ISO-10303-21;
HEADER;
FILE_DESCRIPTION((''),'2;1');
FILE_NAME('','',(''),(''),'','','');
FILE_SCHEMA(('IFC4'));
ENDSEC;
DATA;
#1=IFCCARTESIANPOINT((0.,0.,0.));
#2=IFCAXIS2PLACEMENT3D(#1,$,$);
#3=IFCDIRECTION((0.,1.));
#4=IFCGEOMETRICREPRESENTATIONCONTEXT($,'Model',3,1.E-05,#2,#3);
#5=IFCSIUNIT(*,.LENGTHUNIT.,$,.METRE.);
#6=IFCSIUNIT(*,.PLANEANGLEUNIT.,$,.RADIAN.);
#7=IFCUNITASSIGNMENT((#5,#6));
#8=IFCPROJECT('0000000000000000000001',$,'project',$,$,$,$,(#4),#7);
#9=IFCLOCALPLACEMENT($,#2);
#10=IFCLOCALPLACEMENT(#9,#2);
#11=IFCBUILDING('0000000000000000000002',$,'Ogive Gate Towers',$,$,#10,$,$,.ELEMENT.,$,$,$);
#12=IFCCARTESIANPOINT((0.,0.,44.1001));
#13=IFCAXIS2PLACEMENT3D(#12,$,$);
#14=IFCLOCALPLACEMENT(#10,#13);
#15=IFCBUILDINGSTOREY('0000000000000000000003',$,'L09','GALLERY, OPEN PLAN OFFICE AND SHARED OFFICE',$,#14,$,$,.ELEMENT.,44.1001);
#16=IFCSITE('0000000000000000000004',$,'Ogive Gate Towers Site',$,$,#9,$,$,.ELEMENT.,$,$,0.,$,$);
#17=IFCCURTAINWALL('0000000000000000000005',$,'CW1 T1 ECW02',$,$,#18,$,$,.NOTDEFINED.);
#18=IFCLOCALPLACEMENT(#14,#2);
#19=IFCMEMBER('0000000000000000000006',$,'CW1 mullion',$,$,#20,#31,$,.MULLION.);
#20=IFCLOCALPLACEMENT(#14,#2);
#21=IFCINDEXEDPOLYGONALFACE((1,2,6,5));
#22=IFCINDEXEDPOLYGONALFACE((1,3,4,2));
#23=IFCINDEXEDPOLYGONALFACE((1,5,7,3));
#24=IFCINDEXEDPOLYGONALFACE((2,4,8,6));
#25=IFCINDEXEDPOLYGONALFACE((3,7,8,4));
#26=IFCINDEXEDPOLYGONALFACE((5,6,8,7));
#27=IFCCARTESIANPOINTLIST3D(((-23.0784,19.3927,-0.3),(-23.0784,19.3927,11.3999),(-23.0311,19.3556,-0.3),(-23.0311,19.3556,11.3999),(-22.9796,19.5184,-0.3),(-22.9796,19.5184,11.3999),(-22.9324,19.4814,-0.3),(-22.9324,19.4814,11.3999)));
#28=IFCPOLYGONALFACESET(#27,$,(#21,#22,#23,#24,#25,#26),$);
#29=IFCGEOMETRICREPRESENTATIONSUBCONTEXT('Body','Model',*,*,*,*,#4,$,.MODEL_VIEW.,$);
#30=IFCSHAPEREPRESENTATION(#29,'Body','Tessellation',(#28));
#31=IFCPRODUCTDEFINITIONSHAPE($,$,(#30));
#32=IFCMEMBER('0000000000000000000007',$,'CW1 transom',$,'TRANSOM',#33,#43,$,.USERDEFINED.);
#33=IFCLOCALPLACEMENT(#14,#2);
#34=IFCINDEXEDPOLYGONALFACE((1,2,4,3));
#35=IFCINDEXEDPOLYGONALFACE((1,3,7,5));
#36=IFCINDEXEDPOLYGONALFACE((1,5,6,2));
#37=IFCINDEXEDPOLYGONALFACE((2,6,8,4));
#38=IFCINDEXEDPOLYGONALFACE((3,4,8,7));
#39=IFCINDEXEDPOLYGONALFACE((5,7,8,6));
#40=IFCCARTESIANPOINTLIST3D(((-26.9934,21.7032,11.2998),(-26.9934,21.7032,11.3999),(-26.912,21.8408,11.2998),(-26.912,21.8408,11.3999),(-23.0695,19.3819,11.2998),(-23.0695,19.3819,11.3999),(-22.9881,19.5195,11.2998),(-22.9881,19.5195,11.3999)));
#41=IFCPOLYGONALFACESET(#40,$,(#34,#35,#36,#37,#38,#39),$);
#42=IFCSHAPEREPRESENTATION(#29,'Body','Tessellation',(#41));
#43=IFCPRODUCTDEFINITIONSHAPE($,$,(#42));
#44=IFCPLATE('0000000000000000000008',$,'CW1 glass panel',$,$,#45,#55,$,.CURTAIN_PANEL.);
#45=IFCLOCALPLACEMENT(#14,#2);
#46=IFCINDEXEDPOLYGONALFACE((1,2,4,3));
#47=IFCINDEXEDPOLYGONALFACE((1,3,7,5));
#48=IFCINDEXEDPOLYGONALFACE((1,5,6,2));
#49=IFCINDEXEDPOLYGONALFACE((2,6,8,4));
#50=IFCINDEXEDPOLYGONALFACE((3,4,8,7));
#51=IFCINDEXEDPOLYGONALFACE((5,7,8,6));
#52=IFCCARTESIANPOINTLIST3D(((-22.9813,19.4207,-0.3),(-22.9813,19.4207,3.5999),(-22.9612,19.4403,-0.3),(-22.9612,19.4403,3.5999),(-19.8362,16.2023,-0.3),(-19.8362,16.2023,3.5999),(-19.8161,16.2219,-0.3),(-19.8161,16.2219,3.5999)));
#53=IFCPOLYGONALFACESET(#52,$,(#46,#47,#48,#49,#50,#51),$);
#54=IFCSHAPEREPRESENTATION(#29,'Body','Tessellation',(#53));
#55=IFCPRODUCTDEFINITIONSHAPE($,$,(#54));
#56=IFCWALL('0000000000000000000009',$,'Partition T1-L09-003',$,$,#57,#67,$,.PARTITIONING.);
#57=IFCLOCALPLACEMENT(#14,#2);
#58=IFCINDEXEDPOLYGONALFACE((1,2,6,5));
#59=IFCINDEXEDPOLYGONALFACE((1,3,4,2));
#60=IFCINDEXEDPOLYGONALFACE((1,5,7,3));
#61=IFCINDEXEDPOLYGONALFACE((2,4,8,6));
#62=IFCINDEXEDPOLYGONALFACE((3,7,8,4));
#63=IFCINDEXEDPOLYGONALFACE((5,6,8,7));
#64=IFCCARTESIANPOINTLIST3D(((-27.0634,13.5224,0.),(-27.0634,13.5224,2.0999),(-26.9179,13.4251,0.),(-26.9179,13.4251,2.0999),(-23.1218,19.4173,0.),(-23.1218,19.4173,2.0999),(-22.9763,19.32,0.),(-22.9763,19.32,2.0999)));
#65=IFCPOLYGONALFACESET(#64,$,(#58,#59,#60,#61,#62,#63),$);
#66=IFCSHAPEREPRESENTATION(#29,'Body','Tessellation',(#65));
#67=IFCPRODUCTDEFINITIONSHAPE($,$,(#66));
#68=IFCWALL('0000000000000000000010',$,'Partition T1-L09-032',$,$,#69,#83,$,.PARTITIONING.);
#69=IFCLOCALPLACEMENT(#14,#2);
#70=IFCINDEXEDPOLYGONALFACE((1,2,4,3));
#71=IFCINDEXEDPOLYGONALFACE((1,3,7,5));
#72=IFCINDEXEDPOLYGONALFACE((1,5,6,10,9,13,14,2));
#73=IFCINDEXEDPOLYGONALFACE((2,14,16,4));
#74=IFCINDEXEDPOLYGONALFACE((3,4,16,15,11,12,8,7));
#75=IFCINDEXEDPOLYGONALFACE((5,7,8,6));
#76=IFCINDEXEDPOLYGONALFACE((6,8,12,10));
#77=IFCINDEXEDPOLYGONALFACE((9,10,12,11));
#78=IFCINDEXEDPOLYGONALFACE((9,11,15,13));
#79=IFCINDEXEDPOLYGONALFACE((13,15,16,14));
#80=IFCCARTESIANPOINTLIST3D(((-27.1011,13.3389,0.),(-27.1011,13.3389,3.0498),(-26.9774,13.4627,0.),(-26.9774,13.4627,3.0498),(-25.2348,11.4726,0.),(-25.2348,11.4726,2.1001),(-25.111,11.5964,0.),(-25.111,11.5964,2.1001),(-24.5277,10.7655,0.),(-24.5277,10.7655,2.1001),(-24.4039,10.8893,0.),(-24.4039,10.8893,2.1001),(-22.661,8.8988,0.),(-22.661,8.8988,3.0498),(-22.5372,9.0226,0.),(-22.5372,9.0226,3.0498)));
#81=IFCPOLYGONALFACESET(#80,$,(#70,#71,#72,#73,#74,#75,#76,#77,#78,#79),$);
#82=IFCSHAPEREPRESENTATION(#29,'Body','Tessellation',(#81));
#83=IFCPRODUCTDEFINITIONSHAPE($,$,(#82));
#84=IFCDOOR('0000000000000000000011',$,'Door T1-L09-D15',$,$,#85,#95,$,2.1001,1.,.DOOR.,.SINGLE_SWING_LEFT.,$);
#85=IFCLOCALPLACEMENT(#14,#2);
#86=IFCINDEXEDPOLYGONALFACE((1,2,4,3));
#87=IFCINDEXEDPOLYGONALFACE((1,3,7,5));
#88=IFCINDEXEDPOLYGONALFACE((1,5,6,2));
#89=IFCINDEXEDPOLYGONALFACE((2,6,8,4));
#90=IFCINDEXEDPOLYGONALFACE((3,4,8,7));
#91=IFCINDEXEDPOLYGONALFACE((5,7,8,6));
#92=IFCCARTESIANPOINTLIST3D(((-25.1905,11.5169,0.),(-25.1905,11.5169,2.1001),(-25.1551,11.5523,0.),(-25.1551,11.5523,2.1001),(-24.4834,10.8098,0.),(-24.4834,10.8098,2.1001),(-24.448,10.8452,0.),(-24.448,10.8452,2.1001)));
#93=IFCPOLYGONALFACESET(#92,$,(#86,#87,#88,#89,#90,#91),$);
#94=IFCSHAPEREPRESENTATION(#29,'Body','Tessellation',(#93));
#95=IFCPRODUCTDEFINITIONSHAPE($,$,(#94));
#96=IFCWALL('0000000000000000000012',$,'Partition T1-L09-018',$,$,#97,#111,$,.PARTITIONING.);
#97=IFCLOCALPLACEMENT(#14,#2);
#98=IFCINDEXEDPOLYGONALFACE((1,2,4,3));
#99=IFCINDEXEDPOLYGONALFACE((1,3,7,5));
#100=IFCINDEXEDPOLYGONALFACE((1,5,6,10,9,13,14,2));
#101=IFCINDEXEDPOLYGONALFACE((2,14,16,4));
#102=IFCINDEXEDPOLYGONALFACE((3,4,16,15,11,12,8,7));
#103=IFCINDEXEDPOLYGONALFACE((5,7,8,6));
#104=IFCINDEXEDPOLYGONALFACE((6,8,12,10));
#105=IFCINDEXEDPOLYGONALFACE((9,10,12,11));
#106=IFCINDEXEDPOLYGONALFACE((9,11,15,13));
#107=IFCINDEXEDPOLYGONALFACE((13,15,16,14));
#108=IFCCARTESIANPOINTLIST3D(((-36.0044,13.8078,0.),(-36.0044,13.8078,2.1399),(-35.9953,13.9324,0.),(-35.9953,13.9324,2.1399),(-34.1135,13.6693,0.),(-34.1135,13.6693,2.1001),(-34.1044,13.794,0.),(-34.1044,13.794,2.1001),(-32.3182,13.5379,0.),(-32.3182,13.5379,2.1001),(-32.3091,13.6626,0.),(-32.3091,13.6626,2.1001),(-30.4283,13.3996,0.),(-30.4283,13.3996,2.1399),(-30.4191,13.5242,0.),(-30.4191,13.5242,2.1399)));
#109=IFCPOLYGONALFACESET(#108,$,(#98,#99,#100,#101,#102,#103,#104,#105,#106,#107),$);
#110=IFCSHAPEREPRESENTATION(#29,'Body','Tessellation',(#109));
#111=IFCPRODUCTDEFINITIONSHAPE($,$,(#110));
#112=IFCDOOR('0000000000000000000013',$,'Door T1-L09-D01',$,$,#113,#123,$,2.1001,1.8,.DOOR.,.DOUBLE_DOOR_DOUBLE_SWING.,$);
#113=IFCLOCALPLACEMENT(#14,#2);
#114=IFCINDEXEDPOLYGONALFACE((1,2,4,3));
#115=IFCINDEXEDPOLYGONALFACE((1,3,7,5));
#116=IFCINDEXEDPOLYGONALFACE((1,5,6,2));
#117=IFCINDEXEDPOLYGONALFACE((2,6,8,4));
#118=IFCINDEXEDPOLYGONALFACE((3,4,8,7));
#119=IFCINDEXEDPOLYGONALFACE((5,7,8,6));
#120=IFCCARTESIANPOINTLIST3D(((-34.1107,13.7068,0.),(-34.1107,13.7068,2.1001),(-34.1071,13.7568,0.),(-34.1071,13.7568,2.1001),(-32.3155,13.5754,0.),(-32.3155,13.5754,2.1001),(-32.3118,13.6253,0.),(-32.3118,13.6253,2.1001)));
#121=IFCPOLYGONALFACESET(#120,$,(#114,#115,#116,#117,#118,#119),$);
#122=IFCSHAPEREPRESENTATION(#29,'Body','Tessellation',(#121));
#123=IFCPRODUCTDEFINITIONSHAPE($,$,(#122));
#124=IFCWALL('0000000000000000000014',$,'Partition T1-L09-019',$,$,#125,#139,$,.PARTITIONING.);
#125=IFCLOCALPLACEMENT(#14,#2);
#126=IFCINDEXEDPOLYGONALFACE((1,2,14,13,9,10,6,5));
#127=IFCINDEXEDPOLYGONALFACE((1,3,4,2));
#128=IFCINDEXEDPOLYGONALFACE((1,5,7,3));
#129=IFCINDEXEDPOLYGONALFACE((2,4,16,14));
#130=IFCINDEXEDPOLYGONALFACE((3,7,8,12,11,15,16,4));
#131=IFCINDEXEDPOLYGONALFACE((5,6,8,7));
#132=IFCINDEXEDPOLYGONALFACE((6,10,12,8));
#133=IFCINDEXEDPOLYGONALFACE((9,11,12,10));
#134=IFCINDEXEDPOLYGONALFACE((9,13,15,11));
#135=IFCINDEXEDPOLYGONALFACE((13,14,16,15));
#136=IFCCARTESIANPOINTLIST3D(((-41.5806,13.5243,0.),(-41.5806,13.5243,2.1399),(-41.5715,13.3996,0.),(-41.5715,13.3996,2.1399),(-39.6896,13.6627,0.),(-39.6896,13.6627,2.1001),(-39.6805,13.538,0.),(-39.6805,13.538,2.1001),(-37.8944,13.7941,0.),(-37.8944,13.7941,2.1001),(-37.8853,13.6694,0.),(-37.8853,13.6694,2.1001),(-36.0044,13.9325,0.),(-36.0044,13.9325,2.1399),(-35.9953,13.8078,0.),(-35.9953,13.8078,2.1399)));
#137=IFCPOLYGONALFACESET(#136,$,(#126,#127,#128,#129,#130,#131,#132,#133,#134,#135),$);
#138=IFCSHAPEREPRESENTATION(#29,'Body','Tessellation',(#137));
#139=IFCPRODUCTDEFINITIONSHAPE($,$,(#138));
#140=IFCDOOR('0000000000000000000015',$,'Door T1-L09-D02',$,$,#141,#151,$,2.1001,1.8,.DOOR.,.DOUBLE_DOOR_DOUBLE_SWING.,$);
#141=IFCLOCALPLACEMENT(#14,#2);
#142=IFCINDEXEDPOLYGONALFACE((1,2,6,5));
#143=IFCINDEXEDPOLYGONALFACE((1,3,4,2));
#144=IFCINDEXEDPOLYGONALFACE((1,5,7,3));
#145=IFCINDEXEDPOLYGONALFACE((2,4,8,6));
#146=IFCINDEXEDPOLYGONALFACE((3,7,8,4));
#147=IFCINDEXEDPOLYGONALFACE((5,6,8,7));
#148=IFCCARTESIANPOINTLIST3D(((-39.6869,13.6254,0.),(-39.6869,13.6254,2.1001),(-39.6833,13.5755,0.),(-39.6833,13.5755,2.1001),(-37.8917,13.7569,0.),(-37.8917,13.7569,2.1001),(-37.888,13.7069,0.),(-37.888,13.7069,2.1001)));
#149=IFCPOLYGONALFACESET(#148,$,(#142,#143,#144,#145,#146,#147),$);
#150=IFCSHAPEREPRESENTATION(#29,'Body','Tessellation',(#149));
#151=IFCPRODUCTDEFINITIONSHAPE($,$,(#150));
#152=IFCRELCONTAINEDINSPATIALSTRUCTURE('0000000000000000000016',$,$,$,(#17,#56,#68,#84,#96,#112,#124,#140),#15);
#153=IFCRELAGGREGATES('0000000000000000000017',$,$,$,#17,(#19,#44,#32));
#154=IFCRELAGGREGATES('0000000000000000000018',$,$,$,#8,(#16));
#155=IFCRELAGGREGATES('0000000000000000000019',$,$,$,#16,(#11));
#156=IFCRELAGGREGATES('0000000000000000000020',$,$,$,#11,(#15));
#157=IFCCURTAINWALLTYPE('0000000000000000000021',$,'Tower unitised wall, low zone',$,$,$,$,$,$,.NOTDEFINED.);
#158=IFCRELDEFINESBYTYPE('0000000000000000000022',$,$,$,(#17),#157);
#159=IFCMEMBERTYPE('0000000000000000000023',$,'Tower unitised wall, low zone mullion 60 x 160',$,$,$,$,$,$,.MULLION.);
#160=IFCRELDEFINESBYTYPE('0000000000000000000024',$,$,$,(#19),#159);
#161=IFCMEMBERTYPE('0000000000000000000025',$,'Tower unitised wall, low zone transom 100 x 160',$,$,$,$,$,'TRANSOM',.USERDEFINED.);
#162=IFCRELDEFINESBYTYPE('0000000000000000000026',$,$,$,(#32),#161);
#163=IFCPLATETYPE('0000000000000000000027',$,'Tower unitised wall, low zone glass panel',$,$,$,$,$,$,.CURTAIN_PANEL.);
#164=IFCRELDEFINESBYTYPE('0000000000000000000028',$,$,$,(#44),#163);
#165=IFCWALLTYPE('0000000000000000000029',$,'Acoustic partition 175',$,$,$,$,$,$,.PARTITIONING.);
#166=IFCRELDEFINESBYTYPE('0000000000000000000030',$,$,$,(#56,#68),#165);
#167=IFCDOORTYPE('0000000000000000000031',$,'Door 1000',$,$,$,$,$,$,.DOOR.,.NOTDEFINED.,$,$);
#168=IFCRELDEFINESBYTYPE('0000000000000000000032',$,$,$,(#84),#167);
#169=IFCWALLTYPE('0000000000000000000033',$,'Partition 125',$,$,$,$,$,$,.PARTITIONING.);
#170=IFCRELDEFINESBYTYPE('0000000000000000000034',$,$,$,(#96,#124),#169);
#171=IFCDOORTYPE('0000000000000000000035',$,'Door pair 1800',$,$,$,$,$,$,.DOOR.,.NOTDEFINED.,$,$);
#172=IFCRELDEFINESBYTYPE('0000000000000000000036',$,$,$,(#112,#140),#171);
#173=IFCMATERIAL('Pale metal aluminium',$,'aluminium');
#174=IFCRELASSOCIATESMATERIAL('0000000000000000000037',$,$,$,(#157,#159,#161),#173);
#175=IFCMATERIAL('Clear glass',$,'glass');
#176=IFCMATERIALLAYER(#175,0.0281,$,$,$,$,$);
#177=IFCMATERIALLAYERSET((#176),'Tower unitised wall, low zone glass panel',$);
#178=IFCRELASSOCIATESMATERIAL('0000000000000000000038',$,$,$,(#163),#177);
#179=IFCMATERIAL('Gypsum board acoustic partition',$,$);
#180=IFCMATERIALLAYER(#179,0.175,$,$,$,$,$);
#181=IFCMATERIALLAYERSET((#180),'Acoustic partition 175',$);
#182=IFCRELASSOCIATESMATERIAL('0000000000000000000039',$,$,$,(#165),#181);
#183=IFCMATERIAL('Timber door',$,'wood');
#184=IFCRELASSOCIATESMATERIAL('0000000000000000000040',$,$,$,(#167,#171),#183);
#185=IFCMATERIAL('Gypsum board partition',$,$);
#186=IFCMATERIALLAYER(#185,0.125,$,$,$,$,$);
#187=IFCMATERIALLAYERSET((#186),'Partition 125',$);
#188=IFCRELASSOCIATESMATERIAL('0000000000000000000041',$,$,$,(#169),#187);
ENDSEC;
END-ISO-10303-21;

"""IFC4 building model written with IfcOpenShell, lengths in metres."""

from ifc_helpers import new_model, si_unit, direction, frame, frame_2d, origin, origin_2d, place, context, subcontext, project, spatial, rectangle, extrude, material, layer, layer_set, material_profile, profile_set, type_object, element, fill, aggregate, save


model = new_model("IFC4")

# Units and contexts
model_context = context("Model", 3, precision=1e-05, world=origin(), true_north=direction((0.0, 1.0)))
body_context = subcontext(model_context, "Body", "Model", "MODEL_VIEW")
ifc_project = project(units=[si_unit("LENGTHUNIT", "METRE"), si_unit("PLANEANGLEUNIT", "RADIAN")], contexts=[model_context])

# Site, building, storey
site_placement = place(None, origin())
site = spatial("IfcSite", under=ifc_project, at=site_placement, Name="Ogive Gate Towers Site", CompositionType="ELEMENT", RefElevation=0.0)
building_placement = place(site_placement, origin())
building = spatial("IfcBuilding", under=site, at=building_placement, Name="Ogive Gate Towers", CompositionType="ELEMENT")
storey_placement = place(building_placement, frame((0.0, 0.0, 44.1001)))
storey = spatial("IfcBuildingStorey", under=building, at=storey_placement, Name="L09", Description="GALLERY, OPEN PLAN OFFICE AND SHARED OFFICE", CompositionType="ELEMENT", Elevation=44.1001)

# Curtain wall, members, plate
ifc_material_1 = material(Name="Pale metal aluminium", Category="aluminium")
curtain_wall_type = type_object("IfcCurtainWallType", Name="Tower unitised wall, low zone", PredefinedType="NOTDEFINED", material=ifc_material_1)
curtain_wall_placement = place(storey_placement, origin())
curtain_wall = element("IfcCurtainWall", 1, at=curtain_wall_placement, inside=storey, type_object=curtain_wall_type, Name="CW1 T1 ECW02", PredefinedType="NOTDEFINED")
ifc_material_profile_1 = material_profile(ifc_material_1, rectangle(XDim=0.1599, YDim=0.0601, at=origin_2d()), Name="60 x 160 aluminium box")
ifc_profile_set_1 = profile_set([ifc_material_profile_1], Name="Pale metal aluminium")
member_type_1 = type_object("IfcMemberType", Name="Tower unitised wall, low zone mullion 60 x 160", PredefinedType="MULLION", material=ifc_profile_set_1)
member_1_placement = place(storey_placement, frame((-23.0054, 19.437, -0.3), z_axis=(0.0, 0.0, 1.0), x_axis=(0.617516, 0.786558, 0.0)))
member_1 = element("IfcMember", 2, at=member_1_placement, type_object=member_type_1, Name="CW1 mullion", PredefinedType="MULLION", context=body_context, shape_type="SweptSolid", body=[
    extrude(rectangle(XDim=0.1599, YDim=0.0601, at=origin_2d()), origin(), (0.0, 0.0, 1.0), 11.7),
])
ifc_material_profile_2 = material_profile(ifc_material_1, rectangle(XDim=0.1599, YDim=0.1001, at=origin_2d()), Name="100 x 160 aluminium box")
ifc_profile_set_2 = profile_set([ifc_material_profile_2], Name="Pale metal aluminium")
member_type_2 = type_object("IfcMemberType", Name="Tower unitised wall, low zone transom 100 x 160", ElementType="TRANSOM", PredefinedType="USERDEFINED", material=ifc_profile_set_2)
member_2_placement = place(storey_placement, frame((-23.0288, 19.4507, 11.3499), z_axis=(-0.860671, 0.509162, 0.0), x_axis=(-0.509162, -0.860671, 0.0)))
member_2 = element("IfcMember", 3, at=member_2_placement, type_object=member_type_2, Name="CW1 transom", ObjectType="TRANSOM", PredefinedType="USERDEFINED", context=body_context, shape_type="SweptSolid", body=[
    extrude(rectangle(XDim=0.1599, YDim=0.1001, at=origin_2d()), origin(), (0.0, 0.0, 1.0), 4.5591),
])
ifc_material_2 = material(Name="Clear glass", Category="glass")
ifc_layer_1 = layer(ifc_material_2, 0.0281)
ifc_layer_set_1 = layer_set([ifc_layer_1], Name="Tower unitised wall, low zone glass panel")
plate_type = type_object("IfcPlateType", Name="Tower unitised wall, low zone glass panel", PredefinedType="CURTAIN_PANEL", material=ifc_layer_set_1)
plate_placement = place(storey_placement, frame((-21.3987, 17.8213, -0.3), z_axis=(0.0, 0.0, 1.0), x_axis=(-0.698915, 0.715205, 0.0)))
plate = element("IfcPlate", 4, at=plate_placement, type_object=plate_type, Name="CW1 glass panel", PredefinedType="CURTAIN_PANEL", context=body_context, shape_type="SweptSolid", body=[
    extrude(rectangle(XDim=4.5, YDim=0.0281, at=origin_2d()), origin(), (0.0, 0.0, 1.0), 3.8999),
])
aggregate(curtain_wall, [member_1, plate, member_2])

# Wall
ifc_material_3 = material(Name="Gypsum board acoustic partition")
ifc_layer_2 = layer(ifc_material_3, 0.175)
ifc_layer_set_2 = layer_set([ifc_layer_2], Name="Acoustic partition 175")
wall_type_1 = type_object("IfcWallType", Name="Acoustic partition 175", PredefinedType="PARTITIONING", material=ifc_layer_set_2)
wall_1_placement = place(storey_placement, frame((-23.0491, 19.3687, 0.0), z_axis=(0.0, 0.0, 1.0), x_axis=(-0.555836, -0.831292, 0.0)))
element("IfcWall", 5, at=wall_1_placement, inside=storey, type_object=wall_type_1, Name="Partition T1-L09-003", PredefinedType="PARTITIONING", context=body_context, shape_type="SweptSolid", body=[
    extrude(rectangle(XDim=7.0913, YDim=0.175, at=frame_2d((3.5457, 0.0))), origin(), (0.0, 0.0, 1.0), 2.0999),
])

# Walls, openings, doors
wall_2_placement = place(storey_placement, frame((-22.5991, 8.9607, 0.0), z_axis=(0.0, 0.0, 1.0), x_axis=(-0.707107, 0.707107, 0.0)))
wall_2 = element("IfcWall", 6, at=wall_2_placement, inside=storey, type_object=wall_type_1, Name="Partition T1-L09-032", PredefinedType="PARTITIONING", context=body_context, shape_type="SweptSolid", body=[
    extrude(rectangle(XDim=6.2793, YDim=0.175, at=frame_2d((3.1396, 0.0))), origin(), (0.0, 0.0, 1.0), 3.0498),
])
opening_1_placement = place(wall_2_placement, frame((2.6399, 0.0, 0.0)))
opening_1 = element("IfcOpeningElement", 7, at=opening_1_placement, cuts=wall_2, PredefinedType="OPENING", context=body_context, shape_type="SweptSolid", body=[
    extrude(rectangle(XDim=1.0, YDim=2.1001, at=frame_2d((0.5, 1.05))), frame((0.0, 0.0977, 0.0), z_axis=(0.0, -1.0, 0.0), x_axis=(1.0, 0.0, 0.0)), (0.0, 0.0, 1.0), 0.1951),
])
ifc_material_4 = material(Name="Timber door", Category="wood")
door_type_1 = type_object("IfcDoorType", Name="Door 1000", OperationType="NOTDEFINED", PredefinedType="DOOR", material=ifc_material_4)
door_1_placement = place(opening_1_placement, origin())
door_1 = element("IfcDoor", 8, at=door_1_placement, inside=storey, type_object=door_type_1, Name="Door T1-L09-D15", OperationType="SINGLE_SWING_LEFT", OverallHeight=2.1001, OverallWidth=1.0, PredefinedType="DOOR", context=body_context, shape_type="SweptSolid", body=[
    extrude(rectangle(XDim=1.0, YDim=2.1001, at=frame_2d((0.5, 1.05))), frame((0.0, 0.0249, 0.0), z_axis=(0.0, -1.0, 0.0), x_axis=(1.0, 0.0, 0.0)), (0.0, 0.0, 1.0), 0.05),
])
fill(opening_1, door_1)
ifc_material_5 = material(Name="Gypsum board partition")
ifc_layer_3 = layer(ifc_material_5, 0.125)
ifc_layer_set_3 = layer_set([ifc_layer_3], Name="Partition 125")
wall_type_2 = type_object("IfcWallType", Name="Partition 125", PredefinedType="PARTITIONING", material=ifc_layer_set_3)
wall_3_placement = place(storey_placement, frame((-30.4238, 13.4619, 0.0), z_axis=(0.0, 0.0, 1.0), x_axis=(-0.997331, 0.07301, 0.0)))
wall_3 = element("IfcWall", 9, at=wall_3_placement, inside=storey, type_object=wall_type_2, Name="Partition T1-L09-018", PredefinedType="PARTITIONING", context=body_context, shape_type="SweptSolid", body=[
    extrude(rectangle(XDim=5.5911, YDim=0.125, at=frame_2d((2.7954, 0.0))), origin(), (0.0, 0.0, 1.0), 2.1399),
])
opening_2_placement = place(wall_3_placement, frame((1.895, 0.0, 0.0)))
opening_2 = element("IfcOpeningElement", 10, at=opening_2_placement, cuts=wall_3, PredefinedType="OPENING", context=body_context, shape_type="SweptSolid", body=[
    extrude(rectangle(XDim=1.8, YDim=2.1001, at=frame_2d((0.8999, 1.05))), frame((0.0, 0.0725, 0.0), z_axis=(0.0, -1.0, 0.0), x_axis=(1.0, 0.0, 0.0)), (0.0, 0.0, 1.0), 0.145),
])
door_type_2 = type_object("IfcDoorType", Name="Door pair 1800", OperationType="NOTDEFINED", PredefinedType="DOOR", material=ifc_material_4)
door_2_placement = place(opening_2_placement, origin())
door_2 = element("IfcDoor", 11, at=door_2_placement, inside=storey, type_object=door_type_2, Name="Door T1-L09-D01", OperationType="DOUBLE_DOOR_DOUBLE_SWING", OverallHeight=2.1001, OverallWidth=1.8, PredefinedType="DOOR", context=body_context, shape_type="SweptSolid", body=[
    extrude(rectangle(XDim=1.8, YDim=2.1001, at=frame_2d((0.8999, 1.05))), frame((0.0, 0.0249, 0.0), z_axis=(0.0, -1.0, 0.0), x_axis=(1.0, 0.0, 0.0)), (0.0, 0.0, 1.0), 0.05),
])
fill(opening_2, door_2)
wall_4_placement = place(storey_placement, frame((-36.0, 13.8701, 0.0), z_axis=(0.0, 0.0, 1.0), x_axis=(-0.997331, -0.07301, 0.0)))
wall_4 = element("IfcWall", 12, at=wall_4_placement, inside=storey, type_object=wall_type_2, Name="Partition T1-L09-019", PredefinedType="PARTITIONING", context=body_context, shape_type="SweptSolid", body=[
    extrude(rectangle(XDim=5.5911, YDim=0.125, at=frame_2d((2.7954, 0.0))), origin(), (0.0, 0.0, 1.0), 2.1399),
])
opening_3_placement = place(wall_4_placement, frame((1.895, 0.0, 0.0)))
opening_3 = element("IfcOpeningElement", 13, at=opening_3_placement, cuts=wall_4, PredefinedType="OPENING", context=body_context, shape_type="SweptSolid", body=[
    extrude(rectangle(XDim=1.8, YDim=2.1001, at=frame_2d((0.8999, 1.05))), frame((0.0, 0.0725, 0.0), z_axis=(0.0, -1.0, 0.0), x_axis=(1.0, 0.0, 0.0)), (0.0, 0.0, 1.0), 0.145),
])
door_3_placement = place(opening_3_placement, origin())
door_3 = element("IfcDoor", 14, at=door_3_placement, inside=storey, type_object=door_type_2, Name="Door T1-L09-D02", OperationType="DOUBLE_DOOR_DOUBLE_SWING", OverallHeight=2.1001, OverallWidth=1.8, PredefinedType="DOOR", context=body_context, shape_type="SweptSolid", body=[
    extrude(rectangle(XDim=1.8, YDim=2.1001, at=frame_2d((0.8999, 1.05))), frame((0.0, 0.0249, 0.0), z_axis=(0.0, -1.0, 0.0), x_axis=(1.0, 0.0, 0.0)), (0.0, 0.0, 1.0), 0.05),
])
fill(opening_3, door_3)

save(model, "model.ifc")
